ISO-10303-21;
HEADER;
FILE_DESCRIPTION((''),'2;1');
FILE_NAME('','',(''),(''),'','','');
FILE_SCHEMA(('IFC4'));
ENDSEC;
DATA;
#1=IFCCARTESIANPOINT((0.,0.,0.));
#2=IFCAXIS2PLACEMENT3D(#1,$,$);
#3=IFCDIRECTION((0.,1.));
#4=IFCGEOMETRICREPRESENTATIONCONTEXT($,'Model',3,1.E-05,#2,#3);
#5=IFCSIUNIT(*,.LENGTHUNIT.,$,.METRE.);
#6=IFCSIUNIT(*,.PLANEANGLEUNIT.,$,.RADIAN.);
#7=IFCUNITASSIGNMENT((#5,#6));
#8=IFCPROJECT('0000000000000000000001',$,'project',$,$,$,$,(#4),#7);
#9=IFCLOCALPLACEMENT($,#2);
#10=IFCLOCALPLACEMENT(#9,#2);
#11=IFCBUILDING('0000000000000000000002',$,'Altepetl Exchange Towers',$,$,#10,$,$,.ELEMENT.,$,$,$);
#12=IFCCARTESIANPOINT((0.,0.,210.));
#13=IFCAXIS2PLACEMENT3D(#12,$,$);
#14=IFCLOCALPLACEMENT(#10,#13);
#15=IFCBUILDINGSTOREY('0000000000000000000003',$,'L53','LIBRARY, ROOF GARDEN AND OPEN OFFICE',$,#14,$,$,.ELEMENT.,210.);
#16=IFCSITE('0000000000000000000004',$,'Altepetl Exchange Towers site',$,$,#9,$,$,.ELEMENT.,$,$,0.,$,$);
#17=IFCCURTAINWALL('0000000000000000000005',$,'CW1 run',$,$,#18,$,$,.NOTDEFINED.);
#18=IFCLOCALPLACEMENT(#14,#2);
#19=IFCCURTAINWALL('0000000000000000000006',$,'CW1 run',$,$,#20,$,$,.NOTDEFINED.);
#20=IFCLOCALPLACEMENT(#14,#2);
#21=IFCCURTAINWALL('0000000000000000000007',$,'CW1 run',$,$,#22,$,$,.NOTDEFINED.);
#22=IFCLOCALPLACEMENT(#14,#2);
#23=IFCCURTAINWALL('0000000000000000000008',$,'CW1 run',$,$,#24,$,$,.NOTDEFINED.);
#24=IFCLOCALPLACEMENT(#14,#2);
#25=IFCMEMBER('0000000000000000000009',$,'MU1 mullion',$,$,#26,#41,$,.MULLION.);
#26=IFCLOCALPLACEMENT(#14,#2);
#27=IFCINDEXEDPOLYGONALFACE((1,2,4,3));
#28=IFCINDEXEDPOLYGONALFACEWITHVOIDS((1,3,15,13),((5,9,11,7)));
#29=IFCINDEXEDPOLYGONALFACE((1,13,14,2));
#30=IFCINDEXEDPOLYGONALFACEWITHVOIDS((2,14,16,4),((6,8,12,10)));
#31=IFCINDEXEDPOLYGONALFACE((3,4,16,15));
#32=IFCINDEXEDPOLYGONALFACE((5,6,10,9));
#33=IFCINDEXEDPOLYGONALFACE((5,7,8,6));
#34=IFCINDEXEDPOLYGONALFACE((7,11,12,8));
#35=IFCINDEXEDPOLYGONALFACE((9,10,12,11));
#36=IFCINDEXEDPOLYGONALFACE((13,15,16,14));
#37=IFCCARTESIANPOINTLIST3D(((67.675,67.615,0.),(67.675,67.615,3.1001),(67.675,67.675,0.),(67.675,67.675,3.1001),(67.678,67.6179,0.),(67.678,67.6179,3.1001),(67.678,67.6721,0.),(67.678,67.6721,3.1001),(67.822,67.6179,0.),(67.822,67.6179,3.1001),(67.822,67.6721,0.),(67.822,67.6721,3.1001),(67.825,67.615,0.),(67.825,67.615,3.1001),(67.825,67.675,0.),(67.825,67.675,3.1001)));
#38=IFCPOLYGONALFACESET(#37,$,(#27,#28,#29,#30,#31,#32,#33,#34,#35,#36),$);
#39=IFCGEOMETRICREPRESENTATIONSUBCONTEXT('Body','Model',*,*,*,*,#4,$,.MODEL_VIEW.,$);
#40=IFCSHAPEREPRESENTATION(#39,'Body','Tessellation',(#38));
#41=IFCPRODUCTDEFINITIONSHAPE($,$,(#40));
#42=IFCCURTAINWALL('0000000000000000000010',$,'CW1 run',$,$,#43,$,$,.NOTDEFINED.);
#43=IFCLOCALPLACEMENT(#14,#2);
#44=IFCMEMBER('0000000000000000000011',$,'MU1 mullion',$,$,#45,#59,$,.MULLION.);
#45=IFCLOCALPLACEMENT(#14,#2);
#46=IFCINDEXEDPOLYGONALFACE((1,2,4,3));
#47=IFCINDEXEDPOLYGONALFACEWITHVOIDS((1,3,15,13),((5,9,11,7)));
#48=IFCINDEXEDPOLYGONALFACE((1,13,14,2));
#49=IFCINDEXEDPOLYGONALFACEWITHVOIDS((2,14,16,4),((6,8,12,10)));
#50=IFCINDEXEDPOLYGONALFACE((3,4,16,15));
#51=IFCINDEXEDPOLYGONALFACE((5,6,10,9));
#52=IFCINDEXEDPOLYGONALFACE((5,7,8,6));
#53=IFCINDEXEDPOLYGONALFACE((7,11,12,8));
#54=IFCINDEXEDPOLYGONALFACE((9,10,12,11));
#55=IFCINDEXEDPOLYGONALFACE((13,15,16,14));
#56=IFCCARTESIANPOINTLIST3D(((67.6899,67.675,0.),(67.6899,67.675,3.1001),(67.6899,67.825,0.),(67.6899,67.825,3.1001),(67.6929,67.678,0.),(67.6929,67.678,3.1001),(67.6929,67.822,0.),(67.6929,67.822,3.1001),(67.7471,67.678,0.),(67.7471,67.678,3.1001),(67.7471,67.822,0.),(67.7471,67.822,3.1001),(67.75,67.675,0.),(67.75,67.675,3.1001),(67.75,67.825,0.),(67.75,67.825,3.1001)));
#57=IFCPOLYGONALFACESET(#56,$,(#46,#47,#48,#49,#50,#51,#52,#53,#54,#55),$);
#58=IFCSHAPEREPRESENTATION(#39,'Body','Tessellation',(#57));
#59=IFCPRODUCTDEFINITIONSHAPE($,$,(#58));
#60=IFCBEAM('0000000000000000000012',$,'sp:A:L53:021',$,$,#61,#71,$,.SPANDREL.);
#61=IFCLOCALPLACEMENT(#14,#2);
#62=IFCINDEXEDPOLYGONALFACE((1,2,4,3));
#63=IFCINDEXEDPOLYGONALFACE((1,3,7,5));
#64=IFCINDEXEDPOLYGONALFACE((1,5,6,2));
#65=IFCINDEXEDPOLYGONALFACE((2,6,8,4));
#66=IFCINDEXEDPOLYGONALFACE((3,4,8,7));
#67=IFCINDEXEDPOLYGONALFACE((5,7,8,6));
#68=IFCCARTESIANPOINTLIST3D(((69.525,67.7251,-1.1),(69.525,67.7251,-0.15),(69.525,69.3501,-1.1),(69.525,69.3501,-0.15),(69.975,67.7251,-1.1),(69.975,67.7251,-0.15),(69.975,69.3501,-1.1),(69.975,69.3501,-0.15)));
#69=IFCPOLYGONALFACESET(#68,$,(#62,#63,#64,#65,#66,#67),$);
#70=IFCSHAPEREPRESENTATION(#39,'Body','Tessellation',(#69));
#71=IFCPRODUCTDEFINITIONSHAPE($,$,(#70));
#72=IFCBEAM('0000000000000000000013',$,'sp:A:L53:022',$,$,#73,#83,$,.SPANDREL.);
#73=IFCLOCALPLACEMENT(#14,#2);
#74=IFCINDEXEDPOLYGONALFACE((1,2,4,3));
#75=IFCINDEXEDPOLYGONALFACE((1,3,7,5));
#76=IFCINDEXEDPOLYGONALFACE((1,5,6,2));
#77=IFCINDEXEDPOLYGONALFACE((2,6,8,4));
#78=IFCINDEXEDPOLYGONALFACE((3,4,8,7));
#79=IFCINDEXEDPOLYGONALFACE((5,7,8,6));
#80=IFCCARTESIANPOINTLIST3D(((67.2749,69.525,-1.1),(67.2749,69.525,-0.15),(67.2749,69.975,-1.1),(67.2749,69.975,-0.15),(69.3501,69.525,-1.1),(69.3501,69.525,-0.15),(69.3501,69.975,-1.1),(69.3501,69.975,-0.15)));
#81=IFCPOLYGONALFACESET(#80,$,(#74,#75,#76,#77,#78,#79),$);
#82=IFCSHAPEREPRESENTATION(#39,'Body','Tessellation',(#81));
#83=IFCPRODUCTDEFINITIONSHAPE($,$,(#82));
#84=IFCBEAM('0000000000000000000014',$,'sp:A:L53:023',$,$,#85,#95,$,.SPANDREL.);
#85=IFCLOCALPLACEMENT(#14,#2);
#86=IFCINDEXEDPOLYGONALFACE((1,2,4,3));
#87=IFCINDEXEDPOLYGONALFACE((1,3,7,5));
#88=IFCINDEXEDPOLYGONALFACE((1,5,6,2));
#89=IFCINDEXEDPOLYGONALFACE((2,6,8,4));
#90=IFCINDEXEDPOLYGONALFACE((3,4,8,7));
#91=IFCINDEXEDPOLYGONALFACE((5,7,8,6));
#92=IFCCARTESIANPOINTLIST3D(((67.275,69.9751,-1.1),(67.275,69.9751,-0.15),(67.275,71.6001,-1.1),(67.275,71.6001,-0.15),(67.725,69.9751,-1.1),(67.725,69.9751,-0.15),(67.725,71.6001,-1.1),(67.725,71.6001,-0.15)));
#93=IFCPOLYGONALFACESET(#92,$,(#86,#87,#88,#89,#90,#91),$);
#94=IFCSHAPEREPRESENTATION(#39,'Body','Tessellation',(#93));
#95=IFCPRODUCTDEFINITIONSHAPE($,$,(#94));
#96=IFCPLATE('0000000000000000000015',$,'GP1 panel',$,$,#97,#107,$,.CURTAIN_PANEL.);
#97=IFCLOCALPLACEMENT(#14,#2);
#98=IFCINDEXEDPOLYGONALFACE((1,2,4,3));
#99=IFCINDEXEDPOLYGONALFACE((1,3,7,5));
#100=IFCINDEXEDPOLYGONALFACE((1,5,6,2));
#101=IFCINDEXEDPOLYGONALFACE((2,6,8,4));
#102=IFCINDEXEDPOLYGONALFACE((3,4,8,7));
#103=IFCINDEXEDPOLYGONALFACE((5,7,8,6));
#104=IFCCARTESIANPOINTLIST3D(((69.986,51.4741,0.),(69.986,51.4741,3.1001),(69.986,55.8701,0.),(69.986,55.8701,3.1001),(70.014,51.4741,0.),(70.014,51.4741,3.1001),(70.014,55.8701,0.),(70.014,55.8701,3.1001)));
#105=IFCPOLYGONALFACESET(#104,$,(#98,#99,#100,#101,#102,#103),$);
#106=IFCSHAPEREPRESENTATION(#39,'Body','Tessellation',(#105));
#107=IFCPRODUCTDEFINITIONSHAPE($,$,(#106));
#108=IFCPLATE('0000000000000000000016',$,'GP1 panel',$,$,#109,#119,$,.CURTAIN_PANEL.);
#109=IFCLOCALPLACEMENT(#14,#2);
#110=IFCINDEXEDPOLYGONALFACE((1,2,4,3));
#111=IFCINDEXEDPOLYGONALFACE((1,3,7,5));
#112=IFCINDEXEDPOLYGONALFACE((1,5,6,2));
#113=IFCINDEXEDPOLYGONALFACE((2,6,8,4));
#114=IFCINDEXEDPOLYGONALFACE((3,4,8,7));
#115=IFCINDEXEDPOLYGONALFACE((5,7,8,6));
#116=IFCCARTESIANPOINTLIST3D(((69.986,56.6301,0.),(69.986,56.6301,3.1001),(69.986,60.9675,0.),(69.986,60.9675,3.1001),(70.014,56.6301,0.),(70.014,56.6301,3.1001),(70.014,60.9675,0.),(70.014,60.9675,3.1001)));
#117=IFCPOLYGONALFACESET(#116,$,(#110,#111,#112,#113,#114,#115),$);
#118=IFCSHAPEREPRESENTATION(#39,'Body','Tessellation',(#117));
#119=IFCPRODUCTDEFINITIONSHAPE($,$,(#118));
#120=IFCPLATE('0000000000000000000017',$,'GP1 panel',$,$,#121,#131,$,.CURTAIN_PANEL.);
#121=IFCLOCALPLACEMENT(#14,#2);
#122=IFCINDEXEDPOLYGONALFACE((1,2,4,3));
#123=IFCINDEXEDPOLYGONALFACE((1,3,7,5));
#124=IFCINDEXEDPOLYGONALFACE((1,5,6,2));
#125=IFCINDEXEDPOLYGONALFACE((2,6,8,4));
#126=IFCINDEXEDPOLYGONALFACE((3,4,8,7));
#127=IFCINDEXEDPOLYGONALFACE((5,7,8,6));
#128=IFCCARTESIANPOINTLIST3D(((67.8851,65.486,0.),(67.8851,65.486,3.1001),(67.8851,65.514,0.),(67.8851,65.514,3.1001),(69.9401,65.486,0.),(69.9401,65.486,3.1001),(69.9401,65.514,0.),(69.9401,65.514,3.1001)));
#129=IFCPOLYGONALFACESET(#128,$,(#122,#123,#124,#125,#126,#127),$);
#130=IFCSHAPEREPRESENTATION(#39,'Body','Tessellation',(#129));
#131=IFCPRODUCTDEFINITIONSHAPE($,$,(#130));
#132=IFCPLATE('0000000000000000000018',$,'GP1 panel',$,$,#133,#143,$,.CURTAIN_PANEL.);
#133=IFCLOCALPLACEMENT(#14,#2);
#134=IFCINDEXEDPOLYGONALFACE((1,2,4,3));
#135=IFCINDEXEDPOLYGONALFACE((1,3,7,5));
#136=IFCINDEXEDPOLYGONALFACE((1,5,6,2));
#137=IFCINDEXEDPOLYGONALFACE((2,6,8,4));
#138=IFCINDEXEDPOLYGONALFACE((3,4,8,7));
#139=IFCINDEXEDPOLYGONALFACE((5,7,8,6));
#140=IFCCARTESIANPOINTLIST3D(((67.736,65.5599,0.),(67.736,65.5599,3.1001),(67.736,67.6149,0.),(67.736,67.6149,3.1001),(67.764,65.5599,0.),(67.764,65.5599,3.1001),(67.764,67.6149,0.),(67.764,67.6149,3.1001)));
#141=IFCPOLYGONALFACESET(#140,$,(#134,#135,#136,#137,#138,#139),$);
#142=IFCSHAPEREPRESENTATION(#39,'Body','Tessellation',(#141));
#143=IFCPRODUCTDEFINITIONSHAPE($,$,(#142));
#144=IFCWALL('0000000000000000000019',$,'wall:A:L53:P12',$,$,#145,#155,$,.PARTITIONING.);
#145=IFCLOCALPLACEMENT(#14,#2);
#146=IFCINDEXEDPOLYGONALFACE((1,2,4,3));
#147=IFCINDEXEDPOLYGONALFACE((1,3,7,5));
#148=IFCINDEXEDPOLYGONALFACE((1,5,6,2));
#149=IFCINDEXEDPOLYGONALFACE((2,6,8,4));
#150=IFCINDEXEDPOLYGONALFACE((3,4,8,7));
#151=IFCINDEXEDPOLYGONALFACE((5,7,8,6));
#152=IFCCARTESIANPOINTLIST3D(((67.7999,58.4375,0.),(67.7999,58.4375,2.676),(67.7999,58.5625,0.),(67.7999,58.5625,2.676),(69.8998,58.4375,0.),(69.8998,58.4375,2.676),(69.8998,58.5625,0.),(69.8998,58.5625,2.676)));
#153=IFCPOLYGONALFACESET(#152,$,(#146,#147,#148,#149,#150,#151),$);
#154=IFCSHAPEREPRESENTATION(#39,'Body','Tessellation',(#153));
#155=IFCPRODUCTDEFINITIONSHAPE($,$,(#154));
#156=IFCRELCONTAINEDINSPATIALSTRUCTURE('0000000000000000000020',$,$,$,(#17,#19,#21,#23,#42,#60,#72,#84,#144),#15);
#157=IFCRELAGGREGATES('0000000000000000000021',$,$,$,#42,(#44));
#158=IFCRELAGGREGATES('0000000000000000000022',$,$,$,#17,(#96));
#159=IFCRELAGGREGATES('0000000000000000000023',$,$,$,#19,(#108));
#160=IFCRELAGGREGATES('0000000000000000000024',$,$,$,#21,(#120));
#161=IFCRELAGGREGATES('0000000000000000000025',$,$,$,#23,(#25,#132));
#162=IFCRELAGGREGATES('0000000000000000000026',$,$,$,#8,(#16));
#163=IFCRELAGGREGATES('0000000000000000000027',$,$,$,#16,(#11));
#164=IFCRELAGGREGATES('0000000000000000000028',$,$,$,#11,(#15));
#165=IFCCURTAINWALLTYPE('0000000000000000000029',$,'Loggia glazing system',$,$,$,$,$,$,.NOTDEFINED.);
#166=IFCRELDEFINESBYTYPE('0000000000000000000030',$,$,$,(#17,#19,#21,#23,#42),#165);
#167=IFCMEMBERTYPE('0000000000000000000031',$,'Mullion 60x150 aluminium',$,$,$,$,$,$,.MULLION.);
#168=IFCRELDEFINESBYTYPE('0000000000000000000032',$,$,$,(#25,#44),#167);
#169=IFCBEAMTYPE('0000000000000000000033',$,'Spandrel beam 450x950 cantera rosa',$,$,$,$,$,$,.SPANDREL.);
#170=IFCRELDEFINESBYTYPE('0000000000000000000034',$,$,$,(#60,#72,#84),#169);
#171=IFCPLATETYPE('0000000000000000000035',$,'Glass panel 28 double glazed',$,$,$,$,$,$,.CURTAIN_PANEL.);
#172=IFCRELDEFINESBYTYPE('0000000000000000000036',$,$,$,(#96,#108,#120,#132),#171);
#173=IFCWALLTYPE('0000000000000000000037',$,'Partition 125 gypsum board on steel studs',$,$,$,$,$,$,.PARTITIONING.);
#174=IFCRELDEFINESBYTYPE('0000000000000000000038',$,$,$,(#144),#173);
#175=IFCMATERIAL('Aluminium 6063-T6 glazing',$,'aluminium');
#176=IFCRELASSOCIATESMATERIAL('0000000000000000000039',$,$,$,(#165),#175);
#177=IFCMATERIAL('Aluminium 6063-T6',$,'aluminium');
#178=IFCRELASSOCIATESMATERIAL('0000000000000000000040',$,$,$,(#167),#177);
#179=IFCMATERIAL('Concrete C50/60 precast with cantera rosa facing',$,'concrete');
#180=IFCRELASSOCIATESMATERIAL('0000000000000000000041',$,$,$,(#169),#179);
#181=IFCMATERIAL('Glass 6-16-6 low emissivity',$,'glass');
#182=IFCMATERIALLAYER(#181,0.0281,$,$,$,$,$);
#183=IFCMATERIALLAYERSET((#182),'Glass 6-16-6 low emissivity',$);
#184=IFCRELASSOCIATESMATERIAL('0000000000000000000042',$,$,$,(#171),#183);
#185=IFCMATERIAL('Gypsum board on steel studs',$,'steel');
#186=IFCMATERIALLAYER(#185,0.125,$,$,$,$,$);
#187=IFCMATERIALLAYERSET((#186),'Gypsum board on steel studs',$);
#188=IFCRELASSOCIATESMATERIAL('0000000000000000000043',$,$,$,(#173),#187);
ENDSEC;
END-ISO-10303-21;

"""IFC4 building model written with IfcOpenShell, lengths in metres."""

from ifc_helpers import new_model, si_unit, direction, frame, frame_2d, origin, origin_2d, place, context, subcontext, project, spatial, rectangle, hollow_rectangle, extrude, material, layer, layer_set, material_profile, profile_set, type_object, element, aggregate, save


model = new_model("IFC4")

# Units and contexts
model_context = context("Model", 3, precision=1e-05, world=origin(), true_north=direction((0.0, 1.0)))
body_context = subcontext(model_context, "Body", "Model", "MODEL_VIEW")
ifc_project = project(units=[si_unit("LENGTHUNIT", "METRE"), si_unit("PLANEANGLEUNIT", "RADIAN")], contexts=[model_context])

# Site, building, storey
site_placement = place(None, origin())
site = spatial("IfcSite", under=ifc_project, at=site_placement, Name="Altepetl Exchange Towers site", CompositionType="ELEMENT", RefElevation=0.0)
building_placement = place(site_placement, origin())
building = spatial("IfcBuilding", under=site, at=building_placement, Name="Altepetl Exchange Towers", CompositionType="ELEMENT")
storey_placement = place(building_placement, frame((0.0, 0.0, 210.0)))
storey = spatial("IfcBuildingStorey", under=building, at=storey_placement, Name="L53", Description="LIBRARY, ROOF GARDEN AND OPEN OFFICE", CompositionType="ELEMENT", Elevation=210.0)

# Curtain wall
ifc_material_1 = material(Name="Aluminium 6063-T6 glazing", Category="aluminium")
curtain_wall_type = type_object("IfcCurtainWallType", Name="Loggia glazing system", PredefinedType="NOTDEFINED", material=ifc_material_1)
curtain_wall_1_placement = place(storey_placement, origin())
curtain_wall_1 = element("IfcCurtainWall", 1, at=curtain_wall_1_placement, inside=storey, type_object=curtain_wall_type, Name="CW1 run", PredefinedType="NOTDEFINED")
ifc_material_2 = material(Name="Aluminium 6063-T6", Category="aluminium")
ifc_material_profile_1 = material_profile(ifc_material_2, hollow_rectangle(XDim=0.0601, YDim=0.1499, WallThickness=0.0029, at=origin_2d()), Name="Mullion 60x150 aluminium")
ifc_profile_set_1 = profile_set([ifc_material_profile_1], Name="Aluminium 6063-T6")
member_type = type_object("IfcMemberType", Name="Mullion 60x150 aluminium", PredefinedType="MULLION", material=ifc_profile_set_1)

# Curtain wall
curtain_wall_2_placement = place(storey_placement, origin())
curtain_wall_2 = element("IfcCurtainWall", 2, at=curtain_wall_2_placement, inside=storey, type_object=curtain_wall_type, Name="CW1 run", PredefinedType="NOTDEFINED")

# Curtain walls, member
curtain_wall_3_placement = place(storey_placement, origin())
curtain_wall_3 = element("IfcCurtainWall", 3, at=curtain_wall_3_placement, inside=storey, type_object=curtain_wall_type, Name="CW1 run", PredefinedType="NOTDEFINED")
curtain_wall_4_placement = place(storey_placement, origin())
curtain_wall_4 = element("IfcCurtainWall", 4, at=curtain_wall_4_placement, inside=storey, type_object=curtain_wall_type, Name="CW1 run", PredefinedType="NOTDEFINED")
member_1_placement = place(storey_placement, frame((67.75, 67.645, 0.0), z_axis=(0.0, 0.0, 1.0), x_axis=(0.0, 1.0, 0.0)))
member_1 = element("IfcMember", 5, at=member_1_placement, type_object=member_type, Name="MU1 mullion", PredefinedType="MULLION", context=body_context, shape_type="SweptSolid", body=[
    extrude(hollow_rectangle(XDim=0.0601, YDim=0.1499, WallThickness=0.0029, at=origin_2d()), origin(), (0.0, 0.0, 1.0), 3.1001),
])

# Curtain wall, member
curtain_wall_5_placement = place(storey_placement, origin())
curtain_wall_5 = element("IfcCurtainWall", 6, at=curtain_wall_5_placement, inside=storey, type_object=curtain_wall_type, Name="CW1 run", PredefinedType="NOTDEFINED")
member_2_placement = place(storey_placement, frame((67.72, 67.75, 0.0), z_axis=(0.0, 0.0, 1.0), x_axis=(-1.0, 0.0, 0.0)))
member_2 = element("IfcMember", 7, at=member_2_placement, type_object=member_type, Name="MU1 mullion", PredefinedType="MULLION", context=body_context, shape_type="SweptSolid", body=[
    extrude(hollow_rectangle(XDim=0.0601, YDim=0.1499, WallThickness=0.0029, at=origin_2d()), origin(), (0.0, 0.0, 1.0), 3.1001),
])
aggregate(curtain_wall_5, [member_2])

# Beams
ifc_material_3 = material(Name="Concrete C50/60 precast with cantera rosa facing", Category="concrete")
ifc_material_profile_2 = material_profile(ifc_material_3, rectangle(XDim=0.45, YDim=0.95, at=origin_2d()), Name="450 x 950")
ifc_profile_set_2 = profile_set([ifc_material_profile_2], Name="Concrete C50/60 precast with cantera rosa facing")
beam_type_1 = type_object("IfcBeamType", Name="Spandrel beam 450x950 cantera rosa", PredefinedType="SPANDREL", material=ifc_profile_set_2)
beam_1_placement = place(storey_placement, frame((69.75, 67.7251, -0.625), z_axis=(0.0, 1.0, 0.0), x_axis=(-1.0, 0.0, 0.0)))
element("IfcBeam", 8, at=beam_1_placement, inside=storey, type_object=beam_type_1, Name="sp:A:L53:021", PredefinedType="SPANDREL", context=body_context, shape_type="SweptSolid", body=[
    extrude(rectangle(XDim=0.45, YDim=0.95, at=origin_2d()), origin(), (0.0, 0.0, 1.0), 1.625),
])
beam_2_placement = place(storey_placement, frame((69.3501, 69.75, -0.625), z_axis=(-1.0, 0.0, 0.0), x_axis=(0.0, -1.0, 0.0)))
element("IfcBeam", 9, at=beam_2_placement, inside=storey, type_object=beam_type_1, Name="sp:A:L53:022", PredefinedType="SPANDREL", context=body_context, shape_type="SweptSolid", body=[
    extrude(rectangle(XDim=0.45, YDim=0.95, at=origin_2d()), origin(), (0.0, 0.0, 1.0), 2.0752),
])
beam_3_placement = place(storey_placement, frame((67.5, 69.9751, -0.625), z_axis=(0.0, 1.0, 0.0), x_axis=(-1.0, 0.0, 0.0)))
element("IfcBeam", 10, at=beam_3_placement, inside=storey, type_object=beam_type_1, Name="sp:A:L53:023", PredefinedType="SPANDREL", context=body_context, shape_type="SweptSolid", body=[
    extrude(rectangle(XDim=0.45, YDim=0.95, at=origin_2d()), origin(), (0.0, 0.0, 1.0), 1.625),
])

# Plates
ifc_material_4 = material(Name="Glass 6-16-6 low emissivity", Category="glass")
ifc_layer_1 = layer(ifc_material_4, 0.0281)
ifc_layer_set_1 = layer_set([ifc_layer_1], Name="Glass 6-16-6 low emissivity")
plate_type = type_object("IfcPlateType", Name="Glass panel 28 double glazed", PredefinedType="CURTAIN_PANEL", material=ifc_layer_set_1)
plate_1_placement = place(storey_placement, frame((70.0, 53.6721, 0.0), z_axis=(0.0, 0.0, 1.0), x_axis=(0.0, 1.0, 0.0)))
plate_1 = element("IfcPlate", 11, at=plate_1_placement, type_object=plate_type, Name="GP1 panel", PredefinedType="CURTAIN_PANEL", context=body_context, shape_type="SweptSolid", body=[
    extrude(rectangle(XDim=4.396, YDim=0.0281, at=origin_2d()), origin(), (0.0, 0.0, 1.0), 3.1001),
])
aggregate(curtain_wall_1, [plate_1])
plate_2_placement = place(storey_placement, frame((70.0, 58.7988, 0.0), z_axis=(0.0, 0.0, 1.0), x_axis=(0.0, 1.0, 0.0)))
plate_2 = element("IfcPlate", 12, at=plate_2_placement, type_object=plate_type, Name="GP1 panel", PredefinedType="CURTAIN_PANEL", context=body_context, shape_type="SweptSolid", body=[
    extrude(rectangle(XDim=4.3374, YDim=0.0281, at=origin_2d()), origin(), (0.0, 0.0, 1.0), 3.1001),
])
aggregate(curtain_wall_2, [plate_2])
plate_3_placement = place(storey_placement, frame((68.9126, 65.5, 0.0), z_axis=(0.0, 0.0, 1.0), x_axis=(-1.0, 0.0, 0.0)))
plate_3 = element("IfcPlate", 13, at=plate_3_placement, type_object=plate_type, Name="GP1 panel", PredefinedType="CURTAIN_PANEL", context=body_context, shape_type="SweptSolid", body=[
    extrude(rectangle(XDim=2.0549, YDim=0.0281, at=origin_2d()), origin(), (0.0, 0.0, 1.0), 3.1001),
])
aggregate(curtain_wall_3, [plate_3])
plate_4_placement = place(storey_placement, frame((67.75, 66.5874, 0.0), z_axis=(0.0, 0.0, 1.0), x_axis=(0.0, 1.0, 0.0)))
plate_4 = element("IfcPlate", 14, at=plate_4_placement, type_object=plate_type, Name="GP1 panel", PredefinedType="CURTAIN_PANEL", context=body_context, shape_type="SweptSolid", body=[
    extrude(rectangle(XDim=2.0549, YDim=0.0281, at=origin_2d()), origin(), (0.0, 0.0, 1.0), 3.1001),
])
aggregate(curtain_wall_4, [member_1, plate_4])

# Wall
ifc_material_5 = material(Name="Gypsum board on steel studs", Category="steel")
ifc_layer_2 = layer(ifc_material_5, 0.125)
ifc_layer_set_2 = layer_set([ifc_layer_2], Name="Gypsum board on steel studs")
wall_type = type_object("IfcWallType", Name="Partition 125 gypsum board on steel studs", PredefinedType="PARTITIONING", material=ifc_layer_set_2)
wall_placement = place(storey_placement, frame((67.8, 58.5, 0.0)))
element("IfcWall", 15, at=wall_placement, inside=storey, type_object=wall_type, Name="wall:A:L53:P12", PredefinedType="PARTITIONING", context=body_context, shape_type="SweptSolid", body=[
    extrude(rectangle(XDim=2.0999, YDim=0.125, at=frame_2d((1.0498, 0.0))), origin(), (0.0, 0.0, 1.0), 2.676),
])

save(model, "model.ifc")
